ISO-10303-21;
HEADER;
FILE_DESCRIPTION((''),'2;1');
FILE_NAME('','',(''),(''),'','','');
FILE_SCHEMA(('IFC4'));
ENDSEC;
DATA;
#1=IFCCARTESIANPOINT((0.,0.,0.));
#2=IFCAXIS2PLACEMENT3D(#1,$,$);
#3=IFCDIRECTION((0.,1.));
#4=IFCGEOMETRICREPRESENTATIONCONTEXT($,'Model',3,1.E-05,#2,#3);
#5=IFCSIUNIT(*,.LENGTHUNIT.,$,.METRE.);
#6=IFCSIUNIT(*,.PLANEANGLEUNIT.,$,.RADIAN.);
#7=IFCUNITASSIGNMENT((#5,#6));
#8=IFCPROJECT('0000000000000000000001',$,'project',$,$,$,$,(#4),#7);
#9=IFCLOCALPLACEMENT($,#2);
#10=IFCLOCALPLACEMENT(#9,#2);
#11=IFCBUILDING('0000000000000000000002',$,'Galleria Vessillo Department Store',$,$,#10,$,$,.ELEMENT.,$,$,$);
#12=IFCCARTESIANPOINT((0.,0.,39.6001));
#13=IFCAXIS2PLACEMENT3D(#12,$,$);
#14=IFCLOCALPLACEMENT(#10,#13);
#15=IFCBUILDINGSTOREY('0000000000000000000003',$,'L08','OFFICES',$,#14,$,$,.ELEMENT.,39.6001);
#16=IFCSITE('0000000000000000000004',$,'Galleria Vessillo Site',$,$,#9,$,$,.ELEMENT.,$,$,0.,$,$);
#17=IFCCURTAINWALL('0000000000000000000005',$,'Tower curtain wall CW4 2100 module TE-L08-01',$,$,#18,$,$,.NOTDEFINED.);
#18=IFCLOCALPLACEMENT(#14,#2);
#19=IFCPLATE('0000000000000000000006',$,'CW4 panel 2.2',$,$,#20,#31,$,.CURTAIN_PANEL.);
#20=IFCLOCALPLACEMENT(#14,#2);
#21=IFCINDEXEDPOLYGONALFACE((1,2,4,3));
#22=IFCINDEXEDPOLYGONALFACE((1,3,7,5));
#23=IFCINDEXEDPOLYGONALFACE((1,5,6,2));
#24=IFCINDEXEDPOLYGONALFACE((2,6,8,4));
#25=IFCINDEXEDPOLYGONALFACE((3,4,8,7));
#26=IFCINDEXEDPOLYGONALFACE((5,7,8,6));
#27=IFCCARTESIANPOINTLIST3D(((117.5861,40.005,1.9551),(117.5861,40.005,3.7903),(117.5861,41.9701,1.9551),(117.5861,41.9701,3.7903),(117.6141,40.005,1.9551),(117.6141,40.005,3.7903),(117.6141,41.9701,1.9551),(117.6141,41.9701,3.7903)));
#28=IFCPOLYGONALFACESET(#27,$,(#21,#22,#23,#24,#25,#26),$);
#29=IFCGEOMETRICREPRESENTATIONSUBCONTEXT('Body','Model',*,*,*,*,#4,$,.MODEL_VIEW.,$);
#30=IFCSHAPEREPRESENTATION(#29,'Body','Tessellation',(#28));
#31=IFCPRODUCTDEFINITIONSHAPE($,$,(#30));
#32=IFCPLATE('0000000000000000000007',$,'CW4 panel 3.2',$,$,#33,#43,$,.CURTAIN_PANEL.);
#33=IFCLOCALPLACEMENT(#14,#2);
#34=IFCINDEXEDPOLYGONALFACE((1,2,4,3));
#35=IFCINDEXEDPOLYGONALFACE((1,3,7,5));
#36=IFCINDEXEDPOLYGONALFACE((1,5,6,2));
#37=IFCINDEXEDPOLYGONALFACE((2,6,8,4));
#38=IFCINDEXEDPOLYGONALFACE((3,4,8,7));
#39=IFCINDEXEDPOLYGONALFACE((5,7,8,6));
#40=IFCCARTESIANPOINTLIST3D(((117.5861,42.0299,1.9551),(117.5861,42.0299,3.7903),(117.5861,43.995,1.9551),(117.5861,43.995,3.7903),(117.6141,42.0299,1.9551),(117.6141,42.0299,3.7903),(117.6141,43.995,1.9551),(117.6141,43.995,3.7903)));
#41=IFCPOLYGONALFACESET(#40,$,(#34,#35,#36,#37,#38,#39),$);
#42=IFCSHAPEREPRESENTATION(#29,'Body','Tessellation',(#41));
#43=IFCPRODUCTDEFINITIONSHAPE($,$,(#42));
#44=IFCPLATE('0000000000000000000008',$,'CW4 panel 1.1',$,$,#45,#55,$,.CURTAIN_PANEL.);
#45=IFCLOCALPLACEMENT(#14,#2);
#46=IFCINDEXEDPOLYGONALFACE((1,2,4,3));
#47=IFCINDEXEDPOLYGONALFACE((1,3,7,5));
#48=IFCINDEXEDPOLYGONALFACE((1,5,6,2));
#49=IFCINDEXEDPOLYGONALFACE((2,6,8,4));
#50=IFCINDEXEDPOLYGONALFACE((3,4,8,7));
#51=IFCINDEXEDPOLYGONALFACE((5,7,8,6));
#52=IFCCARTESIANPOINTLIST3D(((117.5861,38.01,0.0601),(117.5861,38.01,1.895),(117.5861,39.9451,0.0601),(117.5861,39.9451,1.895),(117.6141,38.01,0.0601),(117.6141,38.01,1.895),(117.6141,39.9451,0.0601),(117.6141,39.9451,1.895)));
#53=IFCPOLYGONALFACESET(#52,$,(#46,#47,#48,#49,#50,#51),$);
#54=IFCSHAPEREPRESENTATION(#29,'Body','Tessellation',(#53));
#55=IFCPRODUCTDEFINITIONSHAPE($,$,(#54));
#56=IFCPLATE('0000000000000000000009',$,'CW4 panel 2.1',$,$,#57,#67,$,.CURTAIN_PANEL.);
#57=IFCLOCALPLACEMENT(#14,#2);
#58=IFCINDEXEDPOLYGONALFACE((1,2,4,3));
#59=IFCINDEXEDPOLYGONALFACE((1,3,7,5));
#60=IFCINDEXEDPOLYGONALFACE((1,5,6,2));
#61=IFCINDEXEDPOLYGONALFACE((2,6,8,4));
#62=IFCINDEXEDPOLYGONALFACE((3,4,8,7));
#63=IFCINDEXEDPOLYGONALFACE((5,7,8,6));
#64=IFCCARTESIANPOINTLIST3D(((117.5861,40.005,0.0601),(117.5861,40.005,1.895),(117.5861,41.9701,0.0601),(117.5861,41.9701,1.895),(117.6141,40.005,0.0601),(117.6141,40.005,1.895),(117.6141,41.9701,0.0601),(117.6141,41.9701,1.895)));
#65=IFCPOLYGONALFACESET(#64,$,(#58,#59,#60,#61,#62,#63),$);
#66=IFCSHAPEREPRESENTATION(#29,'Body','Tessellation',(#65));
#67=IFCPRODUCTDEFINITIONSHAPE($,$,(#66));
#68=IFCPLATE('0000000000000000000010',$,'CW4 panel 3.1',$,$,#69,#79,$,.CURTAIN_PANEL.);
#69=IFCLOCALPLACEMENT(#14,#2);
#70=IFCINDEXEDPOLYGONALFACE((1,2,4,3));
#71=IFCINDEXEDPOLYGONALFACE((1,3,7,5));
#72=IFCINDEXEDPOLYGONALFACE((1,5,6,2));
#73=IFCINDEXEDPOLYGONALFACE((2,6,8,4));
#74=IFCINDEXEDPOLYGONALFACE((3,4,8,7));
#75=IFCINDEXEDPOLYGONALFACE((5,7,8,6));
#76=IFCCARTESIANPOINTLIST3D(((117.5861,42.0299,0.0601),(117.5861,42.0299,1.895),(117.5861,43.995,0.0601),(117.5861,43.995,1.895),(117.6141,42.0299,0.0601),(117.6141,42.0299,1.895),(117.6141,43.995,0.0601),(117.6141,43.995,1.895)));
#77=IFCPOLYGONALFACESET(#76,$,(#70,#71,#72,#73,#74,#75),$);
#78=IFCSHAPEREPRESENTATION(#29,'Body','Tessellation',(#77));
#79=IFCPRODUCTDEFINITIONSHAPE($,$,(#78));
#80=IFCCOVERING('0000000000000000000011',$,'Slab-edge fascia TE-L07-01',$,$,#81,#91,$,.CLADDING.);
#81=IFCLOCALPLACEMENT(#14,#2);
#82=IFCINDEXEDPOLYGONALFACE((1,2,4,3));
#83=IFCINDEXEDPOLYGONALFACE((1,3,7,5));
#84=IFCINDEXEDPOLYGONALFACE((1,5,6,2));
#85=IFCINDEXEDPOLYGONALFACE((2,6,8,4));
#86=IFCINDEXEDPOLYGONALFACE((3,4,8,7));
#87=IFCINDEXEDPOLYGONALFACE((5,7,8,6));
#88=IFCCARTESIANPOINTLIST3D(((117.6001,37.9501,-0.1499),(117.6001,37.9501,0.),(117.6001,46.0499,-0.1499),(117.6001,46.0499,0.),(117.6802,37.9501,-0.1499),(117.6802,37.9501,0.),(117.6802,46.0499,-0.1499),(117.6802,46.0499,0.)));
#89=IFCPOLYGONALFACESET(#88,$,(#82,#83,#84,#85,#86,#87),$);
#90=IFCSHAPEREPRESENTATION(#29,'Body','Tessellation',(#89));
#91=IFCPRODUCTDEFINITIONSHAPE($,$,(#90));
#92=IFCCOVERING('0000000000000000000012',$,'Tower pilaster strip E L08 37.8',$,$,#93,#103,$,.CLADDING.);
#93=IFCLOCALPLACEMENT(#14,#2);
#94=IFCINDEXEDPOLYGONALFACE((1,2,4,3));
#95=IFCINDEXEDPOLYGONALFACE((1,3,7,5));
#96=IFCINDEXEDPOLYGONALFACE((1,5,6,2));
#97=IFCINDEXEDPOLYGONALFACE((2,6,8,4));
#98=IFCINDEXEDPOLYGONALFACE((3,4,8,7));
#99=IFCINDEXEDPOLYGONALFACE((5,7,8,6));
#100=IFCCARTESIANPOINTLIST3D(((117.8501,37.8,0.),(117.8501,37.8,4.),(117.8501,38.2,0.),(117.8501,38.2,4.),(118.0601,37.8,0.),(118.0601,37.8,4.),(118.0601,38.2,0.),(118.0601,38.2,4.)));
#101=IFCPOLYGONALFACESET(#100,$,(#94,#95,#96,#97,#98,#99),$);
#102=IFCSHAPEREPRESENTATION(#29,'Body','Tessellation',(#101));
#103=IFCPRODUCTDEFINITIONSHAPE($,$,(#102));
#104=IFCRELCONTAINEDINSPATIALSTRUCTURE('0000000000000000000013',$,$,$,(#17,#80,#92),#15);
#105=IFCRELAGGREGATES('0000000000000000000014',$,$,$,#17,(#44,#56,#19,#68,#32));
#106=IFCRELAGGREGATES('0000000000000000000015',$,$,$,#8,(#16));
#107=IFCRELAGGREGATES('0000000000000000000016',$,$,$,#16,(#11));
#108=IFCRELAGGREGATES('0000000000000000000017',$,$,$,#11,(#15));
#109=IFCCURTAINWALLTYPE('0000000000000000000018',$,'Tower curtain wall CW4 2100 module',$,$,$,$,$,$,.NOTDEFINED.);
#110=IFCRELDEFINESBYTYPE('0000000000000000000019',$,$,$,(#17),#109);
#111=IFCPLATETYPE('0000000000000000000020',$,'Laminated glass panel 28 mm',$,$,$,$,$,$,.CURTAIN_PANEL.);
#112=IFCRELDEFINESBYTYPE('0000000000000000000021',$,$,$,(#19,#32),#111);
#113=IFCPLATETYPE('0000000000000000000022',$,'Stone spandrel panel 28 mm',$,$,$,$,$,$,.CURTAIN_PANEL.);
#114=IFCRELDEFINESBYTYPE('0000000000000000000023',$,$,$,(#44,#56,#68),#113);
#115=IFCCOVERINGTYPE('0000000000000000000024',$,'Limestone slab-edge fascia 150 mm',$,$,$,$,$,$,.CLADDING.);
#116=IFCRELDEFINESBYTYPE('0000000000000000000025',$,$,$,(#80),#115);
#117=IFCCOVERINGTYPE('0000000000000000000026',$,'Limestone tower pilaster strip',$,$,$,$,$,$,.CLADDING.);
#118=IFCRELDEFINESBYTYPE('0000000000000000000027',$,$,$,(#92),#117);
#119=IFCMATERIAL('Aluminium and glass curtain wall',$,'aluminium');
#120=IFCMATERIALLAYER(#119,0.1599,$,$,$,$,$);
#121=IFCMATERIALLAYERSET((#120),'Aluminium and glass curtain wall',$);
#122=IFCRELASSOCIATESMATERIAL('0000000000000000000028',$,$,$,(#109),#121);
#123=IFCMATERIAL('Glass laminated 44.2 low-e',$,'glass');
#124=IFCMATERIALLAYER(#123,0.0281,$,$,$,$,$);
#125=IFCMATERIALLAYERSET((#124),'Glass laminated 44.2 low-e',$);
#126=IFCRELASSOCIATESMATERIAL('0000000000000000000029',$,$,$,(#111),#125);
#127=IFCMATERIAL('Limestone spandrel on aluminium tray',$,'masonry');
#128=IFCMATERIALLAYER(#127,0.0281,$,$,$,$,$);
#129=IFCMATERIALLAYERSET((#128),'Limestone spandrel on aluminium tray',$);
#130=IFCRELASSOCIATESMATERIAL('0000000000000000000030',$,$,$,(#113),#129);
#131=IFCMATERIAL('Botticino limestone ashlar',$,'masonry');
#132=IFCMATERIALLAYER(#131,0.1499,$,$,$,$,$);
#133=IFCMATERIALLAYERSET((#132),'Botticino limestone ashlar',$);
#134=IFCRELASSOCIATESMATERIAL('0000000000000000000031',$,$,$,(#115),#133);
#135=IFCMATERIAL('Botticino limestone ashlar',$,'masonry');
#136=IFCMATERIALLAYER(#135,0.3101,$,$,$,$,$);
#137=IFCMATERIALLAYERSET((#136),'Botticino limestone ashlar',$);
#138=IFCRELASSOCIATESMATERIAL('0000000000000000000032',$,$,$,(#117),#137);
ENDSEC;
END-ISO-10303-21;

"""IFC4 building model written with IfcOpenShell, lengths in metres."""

from ifc_helpers import new_model, si_unit, direction, frame, origin, origin_2d, place, context, subcontext, project, spatial, rectangle, extrude, material, layer, layer_set, type_object, element, aggregate, save


model = new_model("IFC4")

# Units and contexts
model_context = context("Model", 3, precision=1e-05, world=origin(), true_north=direction((0.0, 1.0)))
body_context = subcontext(model_context, "Body", "Model", "MODEL_VIEW")
ifc_project = project(units=[si_unit("LENGTHUNIT", "METRE"), si_unit("PLANEANGLEUNIT", "RADIAN")], contexts=[model_context])

# Site, building, storey
site_placement = place(None, origin())
site = spatial("IfcSite", under=ifc_project, at=site_placement, Name="Galleria Vessillo Site", CompositionType="ELEMENT", RefElevation=0.0)
building_placement = place(site_placement, origin())
building = spatial("IfcBuilding", under=site, at=building_placement, Name="Galleria Vessillo Department Store", CompositionType="ELEMENT")
storey_placement = place(building_placement, frame((0.0, 0.0, 39.6001)))
storey = spatial("IfcBuildingStorey", under=building, at=storey_placement, Name="L08", Description="OFFICES", CompositionType="ELEMENT", Elevation=39.6001)

# Curtain wall, plates
ifc_material_1 = material(Name="Aluminium and glass curtain wall", Category="aluminium")
ifc_layer_1 = layer(ifc_material_1, 0.1599)
ifc_layer_set_1 = layer_set([ifc_layer_1], Name="Aluminium and glass curtain wall")
curtain_wall_type = type_object("IfcCurtainWallType", Name="Tower curtain wall CW4 2100 module", PredefinedType="NOTDEFINED", material=ifc_layer_set_1)
curtain_wall_placement = place(storey_placement, origin())
curtain_wall = element("IfcCurtainWall", 1, at=curtain_wall_placement, inside=storey, type_object=curtain_wall_type, Name="Tower curtain wall CW4 2100 module TE-L08-01", PredefinedType="NOTDEFINED")
ifc_material_2 = material(Name="Glass laminated 44.2 low-e", Category="glass")
ifc_layer_2 = layer(ifc_material_2, 0.0281)
ifc_layer_set_2 = layer_set([ifc_layer_2], Name="Glass laminated 44.2 low-e")
plate_type_1 = type_object("IfcPlateType", Name="Laminated glass panel 28 mm", PredefinedType="CURTAIN_PANEL", material=ifc_layer_set_2)
plate_1_placement = place(storey_placement, frame((117.6001, 40.9875, 1.9551), z_axis=(0.0, 0.0, 1.0), x_axis=(0.0, 1.0, 0.0)))
plate_1 = element("IfcPlate", 2, at=plate_1_placement, type_object=plate_type_1, Name="CW4 panel 2.2", PredefinedType="CURTAIN_PANEL", context=body_context, shape_type="SweptSolid", body=[
    extrude(rectangle(XDim=1.9651, YDim=0.0281, at=origin_2d()), origin(), (0.0, 0.0, 1.0), 1.8352),
])
plate_2_placement = place(storey_placement, frame((117.6001, 43.0125, 1.9551), z_axis=(0.0, 0.0, 1.0), x_axis=(0.0, 1.0, 0.0)))
plate_2 = element("IfcPlate", 3, at=plate_2_placement, type_object=plate_type_1, Name="CW4 panel 3.2", PredefinedType="CURTAIN_PANEL", context=body_context, shape_type="SweptSolid", body=[
    extrude(rectangle(XDim=1.9651, YDim=0.0281, at=origin_2d()), origin(), (0.0, 0.0, 1.0), 1.8352),
])
ifc_material_3 = material(Name="Limestone spandrel on aluminium tray", Category="masonry")
ifc_layer_3 = layer(ifc_material_3, 0.0281)
ifc_layer_set_3 = layer_set([ifc_layer_3], Name="Limestone spandrel on aluminium tray")
plate_type_2 = type_object("IfcPlateType", Name="Stone spandrel panel 28 mm", PredefinedType="CURTAIN_PANEL", material=ifc_layer_set_3)
plate_3_placement = place(storey_placement, frame((117.6001, 38.9775, 0.0601), z_axis=(0.0, 0.0, 1.0), x_axis=(0.0, 1.0, 0.0)))
plate_3 = element("IfcPlate", 4, at=plate_3_placement, type_object=plate_type_2, Name="CW4 panel 1.1", PredefinedType="CURTAIN_PANEL", context=body_context, shape_type="SweptSolid", body=[
    extrude(rectangle(XDim=1.9351, YDim=0.0281, at=origin_2d()), origin(), (0.0, 0.0, 1.0), 1.835),
])
plate_4_placement = place(storey_placement, frame((117.6001, 40.9875, 0.0601), z_axis=(0.0, 0.0, 1.0), x_axis=(0.0, 1.0, 0.0)))
plate_4 = element("IfcPlate", 5, at=plate_4_placement, type_object=plate_type_2, Name="CW4 panel 2.1", PredefinedType="CURTAIN_PANEL", context=body_context, shape_type="SweptSolid", body=[
    extrude(rectangle(XDim=1.9651, YDim=0.0281, at=origin_2d()), origin(), (0.0, 0.0, 1.0), 1.835),
])
plate_5_placement = place(storey_placement, frame((117.6001, 43.0125, 0.0601), z_axis=(0.0, 0.0, 1.0), x_axis=(0.0, 1.0, 0.0)))
plate_5 = element("IfcPlate", 6, at=plate_5_placement, type_object=plate_type_2, Name="CW4 panel 3.1", PredefinedType="CURTAIN_PANEL", context=body_context, shape_type="SweptSolid", body=[
    extrude(rectangle(XDim=1.9651, YDim=0.0281, at=origin_2d()), origin(), (0.0, 0.0, 1.0), 1.835),
])
aggregate(curtain_wall, [plate_3, plate_4, plate_1, plate_5, plate_2])

# Coverings
ifc_material_4 = material(Name="Botticino limestone ashlar", Category="masonry")
ifc_layer_4 = layer(ifc_material_4, 0.1499)
ifc_layer_set_4 = layer_set([ifc_layer_4], Name="Botticino limestone ashlar")
covering_type_1 = type_object("IfcCoveringType", Name="Limestone slab-edge fascia 150 mm", PredefinedType="CLADDING", material=ifc_layer_set_4)
covering_1_placement = place(storey_placement, frame((117.6401, 42.0, -0.1499), z_axis=(0.0, 0.0, 1.0), x_axis=(1.0, 0.0, 0.0)))
element("IfcCovering", 7, at=covering_1_placement, inside=storey, type_object=covering_type_1, Name="Slab-edge fascia TE-L07-01", PredefinedType="CLADDING", context=body_context, shape_type="SweptSolid", body=[
    extrude(rectangle(XDim=0.0801, YDim=8.0999, at=origin_2d()), origin(), (0.0, 0.0, 1.0), 0.1499),
])
ifc_material_5 = material(Name="Botticino limestone ashlar", Category="masonry")
ifc_layer_5 = layer(ifc_material_5, 0.3101)
ifc_layer_set_5 = layer_set([ifc_layer_5], Name="Botticino limestone ashlar")
covering_type_2 = type_object("IfcCoveringType", Name="Limestone tower pilaster strip", PredefinedType="CLADDING", material=ifc_layer_set_5)
covering_2_placement = place(storey_placement, frame((117.9551, 38.0, 0.0), z_axis=(0.0, 0.0, 1.0), x_axis=(1.0, 0.0, 0.0)))
element("IfcCovering", 8, at=covering_2_placement, inside=storey, type_object=covering_type_2, Name="Tower pilaster strip E L08 37.8", PredefinedType="CLADDING", context=body_context, shape_type="SweptSolid", body=[
    extrude(rectangle(XDim=0.21, YDim=0.3999, at=origin_2d()), origin(), (0.0, 0.0, 1.0), 4.0),
])

save(model, "model.ifc")
